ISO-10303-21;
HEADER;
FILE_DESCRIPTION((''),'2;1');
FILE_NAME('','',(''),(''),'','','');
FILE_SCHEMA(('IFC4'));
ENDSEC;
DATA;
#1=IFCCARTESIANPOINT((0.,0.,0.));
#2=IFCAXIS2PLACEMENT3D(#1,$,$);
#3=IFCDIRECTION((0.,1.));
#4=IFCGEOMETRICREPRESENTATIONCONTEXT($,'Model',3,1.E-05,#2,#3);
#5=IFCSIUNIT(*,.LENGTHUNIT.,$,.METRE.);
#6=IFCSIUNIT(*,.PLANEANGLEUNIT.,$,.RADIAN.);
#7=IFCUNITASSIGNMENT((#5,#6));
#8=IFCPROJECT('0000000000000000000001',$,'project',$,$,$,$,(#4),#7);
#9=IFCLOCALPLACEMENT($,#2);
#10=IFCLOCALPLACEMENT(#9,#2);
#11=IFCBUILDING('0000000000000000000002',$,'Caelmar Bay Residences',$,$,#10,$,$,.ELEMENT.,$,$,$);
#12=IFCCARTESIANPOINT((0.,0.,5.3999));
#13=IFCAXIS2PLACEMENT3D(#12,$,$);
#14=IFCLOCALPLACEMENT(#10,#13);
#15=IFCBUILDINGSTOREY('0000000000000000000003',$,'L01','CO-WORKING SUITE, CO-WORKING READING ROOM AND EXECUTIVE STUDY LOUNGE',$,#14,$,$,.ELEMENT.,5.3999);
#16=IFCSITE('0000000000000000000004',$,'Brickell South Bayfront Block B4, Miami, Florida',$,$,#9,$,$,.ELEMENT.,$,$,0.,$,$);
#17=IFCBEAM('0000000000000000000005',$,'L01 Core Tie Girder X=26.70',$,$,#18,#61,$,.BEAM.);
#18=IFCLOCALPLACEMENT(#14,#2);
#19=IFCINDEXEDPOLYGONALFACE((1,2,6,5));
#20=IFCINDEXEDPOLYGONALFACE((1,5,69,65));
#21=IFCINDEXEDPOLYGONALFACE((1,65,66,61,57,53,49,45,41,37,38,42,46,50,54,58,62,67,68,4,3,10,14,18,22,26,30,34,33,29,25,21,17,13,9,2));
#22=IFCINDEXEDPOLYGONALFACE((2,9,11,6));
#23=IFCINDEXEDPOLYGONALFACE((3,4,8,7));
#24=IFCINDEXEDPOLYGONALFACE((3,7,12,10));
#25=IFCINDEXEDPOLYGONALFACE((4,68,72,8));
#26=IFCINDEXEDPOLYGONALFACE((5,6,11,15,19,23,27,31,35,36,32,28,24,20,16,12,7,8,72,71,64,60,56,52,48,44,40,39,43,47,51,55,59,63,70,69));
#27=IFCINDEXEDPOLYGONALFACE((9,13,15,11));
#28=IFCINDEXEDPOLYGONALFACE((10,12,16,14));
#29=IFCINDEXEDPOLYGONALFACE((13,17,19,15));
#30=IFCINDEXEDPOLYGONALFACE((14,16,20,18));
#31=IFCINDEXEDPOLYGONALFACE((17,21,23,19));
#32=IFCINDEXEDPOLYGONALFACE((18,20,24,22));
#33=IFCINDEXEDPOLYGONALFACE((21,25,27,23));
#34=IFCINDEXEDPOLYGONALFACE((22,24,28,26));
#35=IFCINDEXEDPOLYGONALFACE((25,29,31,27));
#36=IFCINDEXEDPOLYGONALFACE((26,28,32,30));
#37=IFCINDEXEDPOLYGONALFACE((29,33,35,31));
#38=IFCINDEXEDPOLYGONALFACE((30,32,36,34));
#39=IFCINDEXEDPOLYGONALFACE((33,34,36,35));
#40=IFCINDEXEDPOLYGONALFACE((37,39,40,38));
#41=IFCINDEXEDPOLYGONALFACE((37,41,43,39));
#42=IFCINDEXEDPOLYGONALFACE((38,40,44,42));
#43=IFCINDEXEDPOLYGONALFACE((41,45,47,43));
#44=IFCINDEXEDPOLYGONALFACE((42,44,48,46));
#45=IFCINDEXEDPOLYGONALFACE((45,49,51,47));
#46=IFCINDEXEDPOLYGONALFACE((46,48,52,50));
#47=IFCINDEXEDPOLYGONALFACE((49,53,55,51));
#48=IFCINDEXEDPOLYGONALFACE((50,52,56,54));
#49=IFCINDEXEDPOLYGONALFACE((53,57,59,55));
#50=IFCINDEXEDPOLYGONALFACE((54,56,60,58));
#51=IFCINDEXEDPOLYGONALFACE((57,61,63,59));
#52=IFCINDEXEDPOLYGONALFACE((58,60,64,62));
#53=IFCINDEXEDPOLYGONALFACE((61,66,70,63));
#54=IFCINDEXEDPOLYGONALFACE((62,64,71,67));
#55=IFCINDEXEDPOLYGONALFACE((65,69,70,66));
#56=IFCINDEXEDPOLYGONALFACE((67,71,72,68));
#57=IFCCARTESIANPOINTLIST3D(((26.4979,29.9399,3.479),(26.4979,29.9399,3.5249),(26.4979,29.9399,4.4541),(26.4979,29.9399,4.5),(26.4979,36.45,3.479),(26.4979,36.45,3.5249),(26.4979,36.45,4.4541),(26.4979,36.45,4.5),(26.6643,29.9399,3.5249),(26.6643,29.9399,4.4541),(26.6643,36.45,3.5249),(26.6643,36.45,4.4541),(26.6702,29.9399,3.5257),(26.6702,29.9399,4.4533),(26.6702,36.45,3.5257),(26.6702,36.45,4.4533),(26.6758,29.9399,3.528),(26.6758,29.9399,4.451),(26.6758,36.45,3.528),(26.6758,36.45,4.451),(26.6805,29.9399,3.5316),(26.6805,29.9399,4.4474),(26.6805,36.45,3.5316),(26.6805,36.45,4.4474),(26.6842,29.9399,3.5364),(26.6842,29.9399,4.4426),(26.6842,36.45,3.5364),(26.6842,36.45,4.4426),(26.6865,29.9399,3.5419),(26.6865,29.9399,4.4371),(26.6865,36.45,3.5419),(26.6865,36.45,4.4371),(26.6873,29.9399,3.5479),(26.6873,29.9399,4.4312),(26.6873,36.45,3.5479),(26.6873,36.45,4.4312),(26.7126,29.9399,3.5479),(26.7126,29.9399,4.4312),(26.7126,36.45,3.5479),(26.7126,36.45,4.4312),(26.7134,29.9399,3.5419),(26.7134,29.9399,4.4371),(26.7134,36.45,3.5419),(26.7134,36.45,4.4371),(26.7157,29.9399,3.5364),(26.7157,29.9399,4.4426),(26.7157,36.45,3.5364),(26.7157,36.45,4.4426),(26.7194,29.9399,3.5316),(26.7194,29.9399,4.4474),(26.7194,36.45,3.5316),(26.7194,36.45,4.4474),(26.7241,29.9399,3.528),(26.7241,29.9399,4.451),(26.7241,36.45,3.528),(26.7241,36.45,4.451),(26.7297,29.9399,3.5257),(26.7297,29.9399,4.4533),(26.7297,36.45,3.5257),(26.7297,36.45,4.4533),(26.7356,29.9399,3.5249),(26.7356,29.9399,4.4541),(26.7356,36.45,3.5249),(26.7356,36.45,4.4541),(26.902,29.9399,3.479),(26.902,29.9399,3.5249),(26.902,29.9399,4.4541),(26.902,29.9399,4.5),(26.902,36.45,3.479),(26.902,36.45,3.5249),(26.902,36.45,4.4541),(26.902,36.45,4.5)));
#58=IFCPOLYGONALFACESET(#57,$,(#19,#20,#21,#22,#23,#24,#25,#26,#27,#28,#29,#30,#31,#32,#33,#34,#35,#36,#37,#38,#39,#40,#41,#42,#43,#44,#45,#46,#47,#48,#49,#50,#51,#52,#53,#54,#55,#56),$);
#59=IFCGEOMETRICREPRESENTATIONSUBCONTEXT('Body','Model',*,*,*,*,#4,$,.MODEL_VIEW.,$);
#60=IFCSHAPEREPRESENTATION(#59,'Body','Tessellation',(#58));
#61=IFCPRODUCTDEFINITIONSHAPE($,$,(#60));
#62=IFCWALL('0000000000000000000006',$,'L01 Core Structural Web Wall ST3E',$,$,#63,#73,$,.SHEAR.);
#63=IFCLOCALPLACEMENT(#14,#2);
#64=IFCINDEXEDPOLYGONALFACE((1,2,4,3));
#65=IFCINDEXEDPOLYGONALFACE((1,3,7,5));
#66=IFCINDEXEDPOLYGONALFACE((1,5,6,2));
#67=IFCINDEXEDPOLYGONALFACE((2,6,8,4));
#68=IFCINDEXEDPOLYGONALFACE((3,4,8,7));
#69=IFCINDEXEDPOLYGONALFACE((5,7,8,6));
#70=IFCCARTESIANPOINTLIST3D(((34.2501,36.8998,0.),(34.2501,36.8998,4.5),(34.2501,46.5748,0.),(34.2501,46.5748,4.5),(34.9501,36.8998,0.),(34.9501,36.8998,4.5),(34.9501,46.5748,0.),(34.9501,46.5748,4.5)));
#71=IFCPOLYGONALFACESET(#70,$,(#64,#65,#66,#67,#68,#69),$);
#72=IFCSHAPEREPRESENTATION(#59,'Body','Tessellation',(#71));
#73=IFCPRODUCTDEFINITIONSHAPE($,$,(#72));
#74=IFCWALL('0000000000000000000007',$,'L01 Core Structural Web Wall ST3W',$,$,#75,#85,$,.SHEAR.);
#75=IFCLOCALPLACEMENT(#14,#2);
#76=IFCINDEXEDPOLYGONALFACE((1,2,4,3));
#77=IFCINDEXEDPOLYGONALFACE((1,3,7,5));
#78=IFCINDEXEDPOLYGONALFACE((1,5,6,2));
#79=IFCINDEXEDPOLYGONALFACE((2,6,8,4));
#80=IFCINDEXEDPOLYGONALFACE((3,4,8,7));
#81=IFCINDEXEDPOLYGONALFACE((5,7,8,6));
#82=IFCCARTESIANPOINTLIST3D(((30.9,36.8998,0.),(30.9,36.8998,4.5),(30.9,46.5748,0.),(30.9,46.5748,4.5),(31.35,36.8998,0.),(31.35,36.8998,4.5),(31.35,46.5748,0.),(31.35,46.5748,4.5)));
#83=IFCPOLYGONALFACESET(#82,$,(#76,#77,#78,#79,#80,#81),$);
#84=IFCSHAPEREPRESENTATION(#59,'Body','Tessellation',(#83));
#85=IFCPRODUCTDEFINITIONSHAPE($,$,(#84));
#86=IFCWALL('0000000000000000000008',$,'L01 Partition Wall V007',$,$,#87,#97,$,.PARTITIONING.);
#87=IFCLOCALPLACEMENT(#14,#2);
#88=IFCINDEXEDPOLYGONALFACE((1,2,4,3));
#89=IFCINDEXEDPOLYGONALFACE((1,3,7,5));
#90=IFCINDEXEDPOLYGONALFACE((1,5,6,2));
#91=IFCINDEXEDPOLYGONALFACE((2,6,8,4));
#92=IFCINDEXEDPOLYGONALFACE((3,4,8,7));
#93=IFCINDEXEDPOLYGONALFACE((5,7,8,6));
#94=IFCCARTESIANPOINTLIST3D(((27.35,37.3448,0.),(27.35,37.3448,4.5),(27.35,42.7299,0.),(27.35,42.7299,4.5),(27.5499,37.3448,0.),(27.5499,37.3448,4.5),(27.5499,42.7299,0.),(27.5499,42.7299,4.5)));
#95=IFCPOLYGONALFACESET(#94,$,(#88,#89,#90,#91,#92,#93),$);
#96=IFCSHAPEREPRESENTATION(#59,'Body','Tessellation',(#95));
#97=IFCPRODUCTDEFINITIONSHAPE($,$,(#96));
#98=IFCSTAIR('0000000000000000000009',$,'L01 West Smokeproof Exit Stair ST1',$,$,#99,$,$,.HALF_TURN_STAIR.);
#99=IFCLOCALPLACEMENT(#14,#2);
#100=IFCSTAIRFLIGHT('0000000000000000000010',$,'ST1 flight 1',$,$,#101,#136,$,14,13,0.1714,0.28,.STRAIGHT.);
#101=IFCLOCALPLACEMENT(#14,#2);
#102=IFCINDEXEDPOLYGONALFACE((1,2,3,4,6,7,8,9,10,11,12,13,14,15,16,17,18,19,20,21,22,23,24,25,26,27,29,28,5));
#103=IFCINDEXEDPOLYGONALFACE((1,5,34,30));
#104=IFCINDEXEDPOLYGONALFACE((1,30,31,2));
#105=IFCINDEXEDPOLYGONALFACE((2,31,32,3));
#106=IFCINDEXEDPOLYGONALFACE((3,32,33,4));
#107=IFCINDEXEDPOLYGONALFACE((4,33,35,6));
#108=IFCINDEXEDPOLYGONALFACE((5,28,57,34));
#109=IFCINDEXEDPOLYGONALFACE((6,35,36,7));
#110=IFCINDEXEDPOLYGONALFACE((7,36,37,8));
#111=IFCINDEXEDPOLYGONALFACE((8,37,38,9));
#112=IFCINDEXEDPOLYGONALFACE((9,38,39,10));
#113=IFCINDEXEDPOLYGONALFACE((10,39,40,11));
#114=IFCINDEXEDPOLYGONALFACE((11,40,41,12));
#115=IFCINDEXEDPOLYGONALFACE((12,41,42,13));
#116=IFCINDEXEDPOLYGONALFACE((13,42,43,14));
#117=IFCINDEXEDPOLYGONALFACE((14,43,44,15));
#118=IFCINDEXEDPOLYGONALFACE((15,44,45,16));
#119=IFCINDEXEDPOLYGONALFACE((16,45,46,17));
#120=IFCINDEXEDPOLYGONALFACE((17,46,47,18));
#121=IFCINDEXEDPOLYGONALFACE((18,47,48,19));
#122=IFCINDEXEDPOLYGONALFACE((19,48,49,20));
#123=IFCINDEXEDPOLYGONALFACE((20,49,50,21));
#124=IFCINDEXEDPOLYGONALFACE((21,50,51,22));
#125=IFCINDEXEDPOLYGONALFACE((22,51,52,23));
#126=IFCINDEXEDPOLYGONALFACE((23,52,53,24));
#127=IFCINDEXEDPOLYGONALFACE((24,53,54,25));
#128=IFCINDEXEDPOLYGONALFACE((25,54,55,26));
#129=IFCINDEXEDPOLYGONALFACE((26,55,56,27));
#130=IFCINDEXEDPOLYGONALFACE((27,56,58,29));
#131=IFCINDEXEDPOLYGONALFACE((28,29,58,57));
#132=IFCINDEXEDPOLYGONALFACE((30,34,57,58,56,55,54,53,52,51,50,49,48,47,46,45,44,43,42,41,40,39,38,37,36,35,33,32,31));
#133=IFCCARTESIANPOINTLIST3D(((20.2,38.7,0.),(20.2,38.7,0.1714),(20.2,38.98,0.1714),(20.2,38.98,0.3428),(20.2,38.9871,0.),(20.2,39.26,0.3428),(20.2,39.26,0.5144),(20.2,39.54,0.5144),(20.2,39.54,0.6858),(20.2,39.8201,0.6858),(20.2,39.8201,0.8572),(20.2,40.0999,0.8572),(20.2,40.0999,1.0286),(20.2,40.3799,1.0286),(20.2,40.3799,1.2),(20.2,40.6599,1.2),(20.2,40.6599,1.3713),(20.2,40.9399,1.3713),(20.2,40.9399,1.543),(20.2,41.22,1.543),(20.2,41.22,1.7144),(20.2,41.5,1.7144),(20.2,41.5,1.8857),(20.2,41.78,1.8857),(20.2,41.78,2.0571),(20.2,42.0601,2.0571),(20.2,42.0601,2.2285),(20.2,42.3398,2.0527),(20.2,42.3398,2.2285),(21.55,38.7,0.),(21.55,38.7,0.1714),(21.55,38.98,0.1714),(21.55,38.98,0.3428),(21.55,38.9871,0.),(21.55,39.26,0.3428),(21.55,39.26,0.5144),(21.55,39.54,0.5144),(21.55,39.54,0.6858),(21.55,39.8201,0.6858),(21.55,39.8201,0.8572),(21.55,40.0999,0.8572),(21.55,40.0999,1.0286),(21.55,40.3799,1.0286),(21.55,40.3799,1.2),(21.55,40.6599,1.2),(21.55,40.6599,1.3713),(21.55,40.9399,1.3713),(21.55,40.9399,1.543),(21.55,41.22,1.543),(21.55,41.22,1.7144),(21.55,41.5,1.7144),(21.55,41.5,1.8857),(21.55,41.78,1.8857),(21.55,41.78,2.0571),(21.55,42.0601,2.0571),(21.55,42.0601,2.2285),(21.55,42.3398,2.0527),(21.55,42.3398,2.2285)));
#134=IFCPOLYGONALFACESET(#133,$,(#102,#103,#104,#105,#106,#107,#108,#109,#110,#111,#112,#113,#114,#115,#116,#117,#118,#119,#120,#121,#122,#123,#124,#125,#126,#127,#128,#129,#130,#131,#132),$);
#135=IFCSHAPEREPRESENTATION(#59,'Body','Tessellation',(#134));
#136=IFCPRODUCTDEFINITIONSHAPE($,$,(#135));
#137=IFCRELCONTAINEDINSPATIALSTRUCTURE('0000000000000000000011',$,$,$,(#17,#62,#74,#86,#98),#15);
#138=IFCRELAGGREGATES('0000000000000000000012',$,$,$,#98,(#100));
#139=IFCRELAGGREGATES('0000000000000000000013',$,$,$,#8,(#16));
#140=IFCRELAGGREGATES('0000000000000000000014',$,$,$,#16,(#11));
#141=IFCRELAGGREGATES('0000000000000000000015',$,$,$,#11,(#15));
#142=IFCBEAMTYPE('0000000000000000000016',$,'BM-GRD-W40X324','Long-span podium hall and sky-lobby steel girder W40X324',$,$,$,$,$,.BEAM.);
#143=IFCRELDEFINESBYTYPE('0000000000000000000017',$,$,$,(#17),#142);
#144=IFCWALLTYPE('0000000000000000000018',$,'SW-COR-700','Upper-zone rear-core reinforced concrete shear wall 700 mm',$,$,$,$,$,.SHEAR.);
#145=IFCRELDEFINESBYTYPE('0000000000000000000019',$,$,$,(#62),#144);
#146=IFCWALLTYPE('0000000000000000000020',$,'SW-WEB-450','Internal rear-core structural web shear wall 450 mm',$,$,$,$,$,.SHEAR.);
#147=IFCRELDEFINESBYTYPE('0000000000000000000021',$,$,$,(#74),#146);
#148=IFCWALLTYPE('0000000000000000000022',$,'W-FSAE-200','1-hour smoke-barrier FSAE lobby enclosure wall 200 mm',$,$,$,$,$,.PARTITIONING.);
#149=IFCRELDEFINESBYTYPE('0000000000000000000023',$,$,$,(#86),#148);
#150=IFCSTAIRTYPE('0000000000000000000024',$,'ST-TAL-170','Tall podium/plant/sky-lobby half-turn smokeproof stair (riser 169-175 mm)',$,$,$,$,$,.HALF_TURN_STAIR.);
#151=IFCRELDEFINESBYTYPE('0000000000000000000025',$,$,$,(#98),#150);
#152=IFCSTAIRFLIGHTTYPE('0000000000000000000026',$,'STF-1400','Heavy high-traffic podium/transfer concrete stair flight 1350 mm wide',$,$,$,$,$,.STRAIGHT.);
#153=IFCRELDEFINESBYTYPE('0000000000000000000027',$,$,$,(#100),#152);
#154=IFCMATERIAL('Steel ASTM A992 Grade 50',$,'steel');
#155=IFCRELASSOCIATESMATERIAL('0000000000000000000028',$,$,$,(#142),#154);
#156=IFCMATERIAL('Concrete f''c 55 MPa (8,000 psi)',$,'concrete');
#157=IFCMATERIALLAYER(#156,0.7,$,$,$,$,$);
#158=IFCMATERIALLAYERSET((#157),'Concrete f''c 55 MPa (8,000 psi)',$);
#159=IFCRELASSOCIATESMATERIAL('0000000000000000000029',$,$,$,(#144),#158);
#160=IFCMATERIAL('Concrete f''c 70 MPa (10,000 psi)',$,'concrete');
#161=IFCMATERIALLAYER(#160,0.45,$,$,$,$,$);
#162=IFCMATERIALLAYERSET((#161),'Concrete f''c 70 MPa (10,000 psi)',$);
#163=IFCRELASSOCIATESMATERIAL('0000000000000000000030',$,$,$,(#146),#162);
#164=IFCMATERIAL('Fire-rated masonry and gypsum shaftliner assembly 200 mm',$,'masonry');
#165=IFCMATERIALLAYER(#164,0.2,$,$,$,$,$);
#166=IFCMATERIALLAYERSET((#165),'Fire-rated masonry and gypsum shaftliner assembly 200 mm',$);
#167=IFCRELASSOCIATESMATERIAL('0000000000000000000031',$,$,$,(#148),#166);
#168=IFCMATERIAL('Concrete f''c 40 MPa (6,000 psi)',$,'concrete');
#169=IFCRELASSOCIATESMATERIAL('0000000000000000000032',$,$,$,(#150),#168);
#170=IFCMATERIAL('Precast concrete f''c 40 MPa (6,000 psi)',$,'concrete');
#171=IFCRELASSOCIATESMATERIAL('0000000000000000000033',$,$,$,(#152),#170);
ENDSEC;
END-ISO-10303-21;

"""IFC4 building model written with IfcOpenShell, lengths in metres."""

from ifc_helpers import new_model, si_unit, direction, frame, frame_2d, origin, origin_2d, place, context, subcontext, project, spatial, polyline, rectangle, i_section, outline, extrude, material, layer, layer_set, material_profile, profile_set, type_object, element, aggregate, save


model = new_model("IFC4")

# Units and contexts
model_context = context("Model", 3, precision=1e-05, world=origin(), true_north=direction((0.0, 1.0)))
body_context = subcontext(model_context, "Body", "Model", "MODEL_VIEW")
ifc_project = project(units=[si_unit("LENGTHUNIT", "METRE"), si_unit("PLANEANGLEUNIT", "RADIAN")], contexts=[model_context])

# Site, building, storey
site_placement = place(None, origin())
site = spatial("IfcSite", under=ifc_project, at=site_placement, Name="Brickell South Bayfront Block B4, Miami, Florida", CompositionType="ELEMENT", RefElevation=0.0)
building_placement = place(site_placement, origin())
building = spatial("IfcBuilding", under=site, at=building_placement, Name="Caelmar Bay Residences", CompositionType="ELEMENT")
storey_placement = place(building_placement, frame((0.0, 0.0, 5.3999)))
storey = spatial("IfcBuildingStorey", under=building, at=storey_placement, Name="L01", Description="CO-WORKING SUITE, CO-WORKING READING ROOM AND EXECUTIVE STUDY LOUNGE", CompositionType="ELEMENT", Elevation=5.3999)

# Beam
ifc_material_1 = material(Name="Steel ASTM A992 Grade 50", Category="steel")
ifc_material_profile = material_profile(ifc_material_1, i_section(OverallWidth=0.4041, OverallDepth=1.021, WebThickness=0.0254, FlangeThickness=0.0459, FilletRadius=0.0229, at=origin_2d()), Name="W40X324")
ifc_profile_set = profile_set([ifc_material_profile], Name="Steel ASTM A992 Grade 50")
beam_type = type_object("IfcBeamType", Name="BM-GRD-W40X324", Description="Long-span podium hall and sky-lobby steel girder W40X324", PredefinedType="BEAM", material=ifc_profile_set)
beam_placement = place(storey_placement, frame((26.7, 29.9399, 3.9895), z_axis=(0.0, 1.0, 0.0), x_axis=(-1.0, 0.0, 0.0)))
element("IfcBeam", 1, at=beam_placement, inside=storey, type_object=beam_type, Name="L01 Core Tie Girder X=26.70", PredefinedType="BEAM", context=body_context, shape_type="SweptSolid", body=[
    extrude(i_section(OverallWidth=0.4041, OverallDepth=1.021, WebThickness=0.0254, FlangeThickness=0.0459, FilletRadius=0.0229, at=origin_2d()), origin(), (0.0, 0.0, 1.0), 6.51),
])

# Shared definitions
ifc_material_2 = material(Name="Concrete f'c 55 MPa (8,000 psi)", Category="concrete")
ifc_layer_1 = layer(ifc_material_2, 0.7)
ifc_layer_set_1 = layer_set([ifc_layer_1], Name="Concrete f'c 55 MPa (8,000 psi)")
wall_type_1 = type_object("IfcWallType", Name="SW-COR-700", Description="Upper-zone rear-core reinforced concrete shear wall 700 mm", PredefinedType="SHEAR", material=ifc_layer_set_1)

# Walls
wall_1_placement = place(storey_placement, frame((34.6001, 36.8999, 0.0), z_axis=(0.0, 0.0, 1.0), x_axis=(0.0, 1.0, 0.0)))
element("IfcWall", 2, at=wall_1_placement, inside=storey, type_object=wall_type_1, Name="L01 Core Structural Web Wall ST3E", PredefinedType="SHEAR", context=body_context, shape_type="SweptSolid", body=[
    extrude(rectangle(XDim=9.675, YDim=0.7, at=frame_2d((4.8374, 0.0))), origin(), (0.0, 0.0, 1.0), 4.5),
])
ifc_material_3 = material(Name="Concrete f'c 70 MPa (10,000 psi)", Category="concrete")
ifc_layer_2 = layer(ifc_material_3, 0.45)
ifc_layer_set_2 = layer_set([ifc_layer_2], Name="Concrete f'c 70 MPa (10,000 psi)")
wall_type_2 = type_object("IfcWallType", Name="SW-WEB-450", Description="Internal rear-core structural web shear wall 450 mm", PredefinedType="SHEAR", material=ifc_layer_set_2)
wall_2_placement = place(storey_placement, frame((31.125, 36.8999, 0.0), z_axis=(0.0, 0.0, 1.0), x_axis=(0.0, 1.0, 0.0)))
element("IfcWall", 3, at=wall_2_placement, inside=storey, type_object=wall_type_2, Name="L01 Core Structural Web Wall ST3W", PredefinedType="SHEAR", context=body_context, shape_type="SweptSolid", body=[
    extrude(rectangle(XDim=9.675, YDim=0.45, at=frame_2d((4.8374, 0.0))), origin(), (0.0, 0.0, 1.0), 4.5),
])
ifc_material_4 = material(Name="Fire-rated masonry and gypsum shaftliner assembly 200 mm", Category="masonry")
ifc_layer_3 = layer(ifc_material_4, 0.2)
ifc_layer_set_3 = layer_set([ifc_layer_3], Name="Fire-rated masonry and gypsum shaftliner assembly 200 mm")
wall_type_3 = type_object("IfcWallType", Name="W-FSAE-200", Description="1-hour smoke-barrier FSAE lobby enclosure wall 200 mm", PredefinedType="PARTITIONING", material=ifc_layer_set_3)
wall_3_placement = place(storey_placement, frame((27.45, 37.345, 0.0), z_axis=(0.0, 0.0, 1.0), x_axis=(0.0, 1.0, 0.0)))
element("IfcWall", 4, at=wall_3_placement, inside=storey, type_object=wall_type_3, Name="L01 Partition Wall V007", PredefinedType="PARTITIONING", context=body_context, shape_type="SweptSolid", body=[
    extrude(rectangle(XDim=5.385, YDim=0.2, at=frame_2d((2.6924, 0.0))), origin(), (0.0, 0.0, 1.0), 4.5),
])

# Stair, stair flight
ifc_material_5 = material(Name="Concrete f'c 40 MPa (6,000 psi)", Category="concrete")
stair_type = type_object("IfcStairType", Name="ST-TAL-170", Description="Tall podium/plant/sky-lobby half-turn smokeproof stair (riser 169-175 mm)", PredefinedType="HALF_TURN_STAIR", material=ifc_material_5)
stair_placement = place(storey_placement, origin())
stair = element("IfcStair", 5, at=stair_placement, inside=storey, type_object=stair_type, Name="L01 West Smokeproof Exit Stair ST1", PredefinedType="HALF_TURN_STAIR")
ifc_material_6 = material(Name="Precast concrete f'c 40 MPa (6,000 psi)", Category="concrete")
stair_flight_type = type_object("IfcStairFlightType", Name="STF-1400", Description="Heavy high-traffic podium/transfer concrete stair flight 1350 mm wide", PredefinedType="STRAIGHT", material=ifc_material_6)
stair_flight_placement = place(storey_placement, frame((20.875, 38.7, 0.0), z_axis=(0.0, 0.0, 1.0), x_axis=(0.0, 1.0, 0.0)))
stair_flight = element("IfcStairFlight", 6, at=stair_flight_placement, type_object=stair_flight_type, Name="ST1 flight 1", NumberOfRisers=14, NumberOfTreads=13, PredefinedType="STRAIGHT", RiserHeight=0.1714, TreadLength=0.28, context=body_context, shape_type="SweptSolid", body=[
    extrude(outline(polyline([(0.0, 0.0), (0.0, 0.1714), (0.28, 0.1714), (0.28, 0.3428), (0.5601, 0.3428), (0.5601, 0.5144), (0.8401, 0.5144), (0.8401, 0.6858), (1.1201, 0.6858), (1.1201, 0.8572), (1.3999, 0.8572), (1.3999, 1.0286), (1.6799, 1.0286), (1.6799, 1.2), (1.96, 1.2), (1.96, 1.3713), (2.24, 1.3713), (2.24, 1.543), (2.52, 1.543), (2.52, 1.7144), (2.8, 1.7144), (2.8, 1.8857), (3.0801, 1.8857), (3.0801, 2.0571), (3.3601, 2.0571), (3.3601, 2.2285), (3.6399, 2.2285), (3.6399, 2.3999), (3.6399, 2.0527), (0.2871, 0.0), (0.0, 0.0)])), frame((0.0, 0.675, 0.0), z_axis=(0.0, -1.0, 0.0), x_axis=(1.0, 0.0, 0.0)), (0.0, 0.0, 1.0), 1.3501),
])
aggregate(stair, [stair_flight])

save(model, "model.ifc")
